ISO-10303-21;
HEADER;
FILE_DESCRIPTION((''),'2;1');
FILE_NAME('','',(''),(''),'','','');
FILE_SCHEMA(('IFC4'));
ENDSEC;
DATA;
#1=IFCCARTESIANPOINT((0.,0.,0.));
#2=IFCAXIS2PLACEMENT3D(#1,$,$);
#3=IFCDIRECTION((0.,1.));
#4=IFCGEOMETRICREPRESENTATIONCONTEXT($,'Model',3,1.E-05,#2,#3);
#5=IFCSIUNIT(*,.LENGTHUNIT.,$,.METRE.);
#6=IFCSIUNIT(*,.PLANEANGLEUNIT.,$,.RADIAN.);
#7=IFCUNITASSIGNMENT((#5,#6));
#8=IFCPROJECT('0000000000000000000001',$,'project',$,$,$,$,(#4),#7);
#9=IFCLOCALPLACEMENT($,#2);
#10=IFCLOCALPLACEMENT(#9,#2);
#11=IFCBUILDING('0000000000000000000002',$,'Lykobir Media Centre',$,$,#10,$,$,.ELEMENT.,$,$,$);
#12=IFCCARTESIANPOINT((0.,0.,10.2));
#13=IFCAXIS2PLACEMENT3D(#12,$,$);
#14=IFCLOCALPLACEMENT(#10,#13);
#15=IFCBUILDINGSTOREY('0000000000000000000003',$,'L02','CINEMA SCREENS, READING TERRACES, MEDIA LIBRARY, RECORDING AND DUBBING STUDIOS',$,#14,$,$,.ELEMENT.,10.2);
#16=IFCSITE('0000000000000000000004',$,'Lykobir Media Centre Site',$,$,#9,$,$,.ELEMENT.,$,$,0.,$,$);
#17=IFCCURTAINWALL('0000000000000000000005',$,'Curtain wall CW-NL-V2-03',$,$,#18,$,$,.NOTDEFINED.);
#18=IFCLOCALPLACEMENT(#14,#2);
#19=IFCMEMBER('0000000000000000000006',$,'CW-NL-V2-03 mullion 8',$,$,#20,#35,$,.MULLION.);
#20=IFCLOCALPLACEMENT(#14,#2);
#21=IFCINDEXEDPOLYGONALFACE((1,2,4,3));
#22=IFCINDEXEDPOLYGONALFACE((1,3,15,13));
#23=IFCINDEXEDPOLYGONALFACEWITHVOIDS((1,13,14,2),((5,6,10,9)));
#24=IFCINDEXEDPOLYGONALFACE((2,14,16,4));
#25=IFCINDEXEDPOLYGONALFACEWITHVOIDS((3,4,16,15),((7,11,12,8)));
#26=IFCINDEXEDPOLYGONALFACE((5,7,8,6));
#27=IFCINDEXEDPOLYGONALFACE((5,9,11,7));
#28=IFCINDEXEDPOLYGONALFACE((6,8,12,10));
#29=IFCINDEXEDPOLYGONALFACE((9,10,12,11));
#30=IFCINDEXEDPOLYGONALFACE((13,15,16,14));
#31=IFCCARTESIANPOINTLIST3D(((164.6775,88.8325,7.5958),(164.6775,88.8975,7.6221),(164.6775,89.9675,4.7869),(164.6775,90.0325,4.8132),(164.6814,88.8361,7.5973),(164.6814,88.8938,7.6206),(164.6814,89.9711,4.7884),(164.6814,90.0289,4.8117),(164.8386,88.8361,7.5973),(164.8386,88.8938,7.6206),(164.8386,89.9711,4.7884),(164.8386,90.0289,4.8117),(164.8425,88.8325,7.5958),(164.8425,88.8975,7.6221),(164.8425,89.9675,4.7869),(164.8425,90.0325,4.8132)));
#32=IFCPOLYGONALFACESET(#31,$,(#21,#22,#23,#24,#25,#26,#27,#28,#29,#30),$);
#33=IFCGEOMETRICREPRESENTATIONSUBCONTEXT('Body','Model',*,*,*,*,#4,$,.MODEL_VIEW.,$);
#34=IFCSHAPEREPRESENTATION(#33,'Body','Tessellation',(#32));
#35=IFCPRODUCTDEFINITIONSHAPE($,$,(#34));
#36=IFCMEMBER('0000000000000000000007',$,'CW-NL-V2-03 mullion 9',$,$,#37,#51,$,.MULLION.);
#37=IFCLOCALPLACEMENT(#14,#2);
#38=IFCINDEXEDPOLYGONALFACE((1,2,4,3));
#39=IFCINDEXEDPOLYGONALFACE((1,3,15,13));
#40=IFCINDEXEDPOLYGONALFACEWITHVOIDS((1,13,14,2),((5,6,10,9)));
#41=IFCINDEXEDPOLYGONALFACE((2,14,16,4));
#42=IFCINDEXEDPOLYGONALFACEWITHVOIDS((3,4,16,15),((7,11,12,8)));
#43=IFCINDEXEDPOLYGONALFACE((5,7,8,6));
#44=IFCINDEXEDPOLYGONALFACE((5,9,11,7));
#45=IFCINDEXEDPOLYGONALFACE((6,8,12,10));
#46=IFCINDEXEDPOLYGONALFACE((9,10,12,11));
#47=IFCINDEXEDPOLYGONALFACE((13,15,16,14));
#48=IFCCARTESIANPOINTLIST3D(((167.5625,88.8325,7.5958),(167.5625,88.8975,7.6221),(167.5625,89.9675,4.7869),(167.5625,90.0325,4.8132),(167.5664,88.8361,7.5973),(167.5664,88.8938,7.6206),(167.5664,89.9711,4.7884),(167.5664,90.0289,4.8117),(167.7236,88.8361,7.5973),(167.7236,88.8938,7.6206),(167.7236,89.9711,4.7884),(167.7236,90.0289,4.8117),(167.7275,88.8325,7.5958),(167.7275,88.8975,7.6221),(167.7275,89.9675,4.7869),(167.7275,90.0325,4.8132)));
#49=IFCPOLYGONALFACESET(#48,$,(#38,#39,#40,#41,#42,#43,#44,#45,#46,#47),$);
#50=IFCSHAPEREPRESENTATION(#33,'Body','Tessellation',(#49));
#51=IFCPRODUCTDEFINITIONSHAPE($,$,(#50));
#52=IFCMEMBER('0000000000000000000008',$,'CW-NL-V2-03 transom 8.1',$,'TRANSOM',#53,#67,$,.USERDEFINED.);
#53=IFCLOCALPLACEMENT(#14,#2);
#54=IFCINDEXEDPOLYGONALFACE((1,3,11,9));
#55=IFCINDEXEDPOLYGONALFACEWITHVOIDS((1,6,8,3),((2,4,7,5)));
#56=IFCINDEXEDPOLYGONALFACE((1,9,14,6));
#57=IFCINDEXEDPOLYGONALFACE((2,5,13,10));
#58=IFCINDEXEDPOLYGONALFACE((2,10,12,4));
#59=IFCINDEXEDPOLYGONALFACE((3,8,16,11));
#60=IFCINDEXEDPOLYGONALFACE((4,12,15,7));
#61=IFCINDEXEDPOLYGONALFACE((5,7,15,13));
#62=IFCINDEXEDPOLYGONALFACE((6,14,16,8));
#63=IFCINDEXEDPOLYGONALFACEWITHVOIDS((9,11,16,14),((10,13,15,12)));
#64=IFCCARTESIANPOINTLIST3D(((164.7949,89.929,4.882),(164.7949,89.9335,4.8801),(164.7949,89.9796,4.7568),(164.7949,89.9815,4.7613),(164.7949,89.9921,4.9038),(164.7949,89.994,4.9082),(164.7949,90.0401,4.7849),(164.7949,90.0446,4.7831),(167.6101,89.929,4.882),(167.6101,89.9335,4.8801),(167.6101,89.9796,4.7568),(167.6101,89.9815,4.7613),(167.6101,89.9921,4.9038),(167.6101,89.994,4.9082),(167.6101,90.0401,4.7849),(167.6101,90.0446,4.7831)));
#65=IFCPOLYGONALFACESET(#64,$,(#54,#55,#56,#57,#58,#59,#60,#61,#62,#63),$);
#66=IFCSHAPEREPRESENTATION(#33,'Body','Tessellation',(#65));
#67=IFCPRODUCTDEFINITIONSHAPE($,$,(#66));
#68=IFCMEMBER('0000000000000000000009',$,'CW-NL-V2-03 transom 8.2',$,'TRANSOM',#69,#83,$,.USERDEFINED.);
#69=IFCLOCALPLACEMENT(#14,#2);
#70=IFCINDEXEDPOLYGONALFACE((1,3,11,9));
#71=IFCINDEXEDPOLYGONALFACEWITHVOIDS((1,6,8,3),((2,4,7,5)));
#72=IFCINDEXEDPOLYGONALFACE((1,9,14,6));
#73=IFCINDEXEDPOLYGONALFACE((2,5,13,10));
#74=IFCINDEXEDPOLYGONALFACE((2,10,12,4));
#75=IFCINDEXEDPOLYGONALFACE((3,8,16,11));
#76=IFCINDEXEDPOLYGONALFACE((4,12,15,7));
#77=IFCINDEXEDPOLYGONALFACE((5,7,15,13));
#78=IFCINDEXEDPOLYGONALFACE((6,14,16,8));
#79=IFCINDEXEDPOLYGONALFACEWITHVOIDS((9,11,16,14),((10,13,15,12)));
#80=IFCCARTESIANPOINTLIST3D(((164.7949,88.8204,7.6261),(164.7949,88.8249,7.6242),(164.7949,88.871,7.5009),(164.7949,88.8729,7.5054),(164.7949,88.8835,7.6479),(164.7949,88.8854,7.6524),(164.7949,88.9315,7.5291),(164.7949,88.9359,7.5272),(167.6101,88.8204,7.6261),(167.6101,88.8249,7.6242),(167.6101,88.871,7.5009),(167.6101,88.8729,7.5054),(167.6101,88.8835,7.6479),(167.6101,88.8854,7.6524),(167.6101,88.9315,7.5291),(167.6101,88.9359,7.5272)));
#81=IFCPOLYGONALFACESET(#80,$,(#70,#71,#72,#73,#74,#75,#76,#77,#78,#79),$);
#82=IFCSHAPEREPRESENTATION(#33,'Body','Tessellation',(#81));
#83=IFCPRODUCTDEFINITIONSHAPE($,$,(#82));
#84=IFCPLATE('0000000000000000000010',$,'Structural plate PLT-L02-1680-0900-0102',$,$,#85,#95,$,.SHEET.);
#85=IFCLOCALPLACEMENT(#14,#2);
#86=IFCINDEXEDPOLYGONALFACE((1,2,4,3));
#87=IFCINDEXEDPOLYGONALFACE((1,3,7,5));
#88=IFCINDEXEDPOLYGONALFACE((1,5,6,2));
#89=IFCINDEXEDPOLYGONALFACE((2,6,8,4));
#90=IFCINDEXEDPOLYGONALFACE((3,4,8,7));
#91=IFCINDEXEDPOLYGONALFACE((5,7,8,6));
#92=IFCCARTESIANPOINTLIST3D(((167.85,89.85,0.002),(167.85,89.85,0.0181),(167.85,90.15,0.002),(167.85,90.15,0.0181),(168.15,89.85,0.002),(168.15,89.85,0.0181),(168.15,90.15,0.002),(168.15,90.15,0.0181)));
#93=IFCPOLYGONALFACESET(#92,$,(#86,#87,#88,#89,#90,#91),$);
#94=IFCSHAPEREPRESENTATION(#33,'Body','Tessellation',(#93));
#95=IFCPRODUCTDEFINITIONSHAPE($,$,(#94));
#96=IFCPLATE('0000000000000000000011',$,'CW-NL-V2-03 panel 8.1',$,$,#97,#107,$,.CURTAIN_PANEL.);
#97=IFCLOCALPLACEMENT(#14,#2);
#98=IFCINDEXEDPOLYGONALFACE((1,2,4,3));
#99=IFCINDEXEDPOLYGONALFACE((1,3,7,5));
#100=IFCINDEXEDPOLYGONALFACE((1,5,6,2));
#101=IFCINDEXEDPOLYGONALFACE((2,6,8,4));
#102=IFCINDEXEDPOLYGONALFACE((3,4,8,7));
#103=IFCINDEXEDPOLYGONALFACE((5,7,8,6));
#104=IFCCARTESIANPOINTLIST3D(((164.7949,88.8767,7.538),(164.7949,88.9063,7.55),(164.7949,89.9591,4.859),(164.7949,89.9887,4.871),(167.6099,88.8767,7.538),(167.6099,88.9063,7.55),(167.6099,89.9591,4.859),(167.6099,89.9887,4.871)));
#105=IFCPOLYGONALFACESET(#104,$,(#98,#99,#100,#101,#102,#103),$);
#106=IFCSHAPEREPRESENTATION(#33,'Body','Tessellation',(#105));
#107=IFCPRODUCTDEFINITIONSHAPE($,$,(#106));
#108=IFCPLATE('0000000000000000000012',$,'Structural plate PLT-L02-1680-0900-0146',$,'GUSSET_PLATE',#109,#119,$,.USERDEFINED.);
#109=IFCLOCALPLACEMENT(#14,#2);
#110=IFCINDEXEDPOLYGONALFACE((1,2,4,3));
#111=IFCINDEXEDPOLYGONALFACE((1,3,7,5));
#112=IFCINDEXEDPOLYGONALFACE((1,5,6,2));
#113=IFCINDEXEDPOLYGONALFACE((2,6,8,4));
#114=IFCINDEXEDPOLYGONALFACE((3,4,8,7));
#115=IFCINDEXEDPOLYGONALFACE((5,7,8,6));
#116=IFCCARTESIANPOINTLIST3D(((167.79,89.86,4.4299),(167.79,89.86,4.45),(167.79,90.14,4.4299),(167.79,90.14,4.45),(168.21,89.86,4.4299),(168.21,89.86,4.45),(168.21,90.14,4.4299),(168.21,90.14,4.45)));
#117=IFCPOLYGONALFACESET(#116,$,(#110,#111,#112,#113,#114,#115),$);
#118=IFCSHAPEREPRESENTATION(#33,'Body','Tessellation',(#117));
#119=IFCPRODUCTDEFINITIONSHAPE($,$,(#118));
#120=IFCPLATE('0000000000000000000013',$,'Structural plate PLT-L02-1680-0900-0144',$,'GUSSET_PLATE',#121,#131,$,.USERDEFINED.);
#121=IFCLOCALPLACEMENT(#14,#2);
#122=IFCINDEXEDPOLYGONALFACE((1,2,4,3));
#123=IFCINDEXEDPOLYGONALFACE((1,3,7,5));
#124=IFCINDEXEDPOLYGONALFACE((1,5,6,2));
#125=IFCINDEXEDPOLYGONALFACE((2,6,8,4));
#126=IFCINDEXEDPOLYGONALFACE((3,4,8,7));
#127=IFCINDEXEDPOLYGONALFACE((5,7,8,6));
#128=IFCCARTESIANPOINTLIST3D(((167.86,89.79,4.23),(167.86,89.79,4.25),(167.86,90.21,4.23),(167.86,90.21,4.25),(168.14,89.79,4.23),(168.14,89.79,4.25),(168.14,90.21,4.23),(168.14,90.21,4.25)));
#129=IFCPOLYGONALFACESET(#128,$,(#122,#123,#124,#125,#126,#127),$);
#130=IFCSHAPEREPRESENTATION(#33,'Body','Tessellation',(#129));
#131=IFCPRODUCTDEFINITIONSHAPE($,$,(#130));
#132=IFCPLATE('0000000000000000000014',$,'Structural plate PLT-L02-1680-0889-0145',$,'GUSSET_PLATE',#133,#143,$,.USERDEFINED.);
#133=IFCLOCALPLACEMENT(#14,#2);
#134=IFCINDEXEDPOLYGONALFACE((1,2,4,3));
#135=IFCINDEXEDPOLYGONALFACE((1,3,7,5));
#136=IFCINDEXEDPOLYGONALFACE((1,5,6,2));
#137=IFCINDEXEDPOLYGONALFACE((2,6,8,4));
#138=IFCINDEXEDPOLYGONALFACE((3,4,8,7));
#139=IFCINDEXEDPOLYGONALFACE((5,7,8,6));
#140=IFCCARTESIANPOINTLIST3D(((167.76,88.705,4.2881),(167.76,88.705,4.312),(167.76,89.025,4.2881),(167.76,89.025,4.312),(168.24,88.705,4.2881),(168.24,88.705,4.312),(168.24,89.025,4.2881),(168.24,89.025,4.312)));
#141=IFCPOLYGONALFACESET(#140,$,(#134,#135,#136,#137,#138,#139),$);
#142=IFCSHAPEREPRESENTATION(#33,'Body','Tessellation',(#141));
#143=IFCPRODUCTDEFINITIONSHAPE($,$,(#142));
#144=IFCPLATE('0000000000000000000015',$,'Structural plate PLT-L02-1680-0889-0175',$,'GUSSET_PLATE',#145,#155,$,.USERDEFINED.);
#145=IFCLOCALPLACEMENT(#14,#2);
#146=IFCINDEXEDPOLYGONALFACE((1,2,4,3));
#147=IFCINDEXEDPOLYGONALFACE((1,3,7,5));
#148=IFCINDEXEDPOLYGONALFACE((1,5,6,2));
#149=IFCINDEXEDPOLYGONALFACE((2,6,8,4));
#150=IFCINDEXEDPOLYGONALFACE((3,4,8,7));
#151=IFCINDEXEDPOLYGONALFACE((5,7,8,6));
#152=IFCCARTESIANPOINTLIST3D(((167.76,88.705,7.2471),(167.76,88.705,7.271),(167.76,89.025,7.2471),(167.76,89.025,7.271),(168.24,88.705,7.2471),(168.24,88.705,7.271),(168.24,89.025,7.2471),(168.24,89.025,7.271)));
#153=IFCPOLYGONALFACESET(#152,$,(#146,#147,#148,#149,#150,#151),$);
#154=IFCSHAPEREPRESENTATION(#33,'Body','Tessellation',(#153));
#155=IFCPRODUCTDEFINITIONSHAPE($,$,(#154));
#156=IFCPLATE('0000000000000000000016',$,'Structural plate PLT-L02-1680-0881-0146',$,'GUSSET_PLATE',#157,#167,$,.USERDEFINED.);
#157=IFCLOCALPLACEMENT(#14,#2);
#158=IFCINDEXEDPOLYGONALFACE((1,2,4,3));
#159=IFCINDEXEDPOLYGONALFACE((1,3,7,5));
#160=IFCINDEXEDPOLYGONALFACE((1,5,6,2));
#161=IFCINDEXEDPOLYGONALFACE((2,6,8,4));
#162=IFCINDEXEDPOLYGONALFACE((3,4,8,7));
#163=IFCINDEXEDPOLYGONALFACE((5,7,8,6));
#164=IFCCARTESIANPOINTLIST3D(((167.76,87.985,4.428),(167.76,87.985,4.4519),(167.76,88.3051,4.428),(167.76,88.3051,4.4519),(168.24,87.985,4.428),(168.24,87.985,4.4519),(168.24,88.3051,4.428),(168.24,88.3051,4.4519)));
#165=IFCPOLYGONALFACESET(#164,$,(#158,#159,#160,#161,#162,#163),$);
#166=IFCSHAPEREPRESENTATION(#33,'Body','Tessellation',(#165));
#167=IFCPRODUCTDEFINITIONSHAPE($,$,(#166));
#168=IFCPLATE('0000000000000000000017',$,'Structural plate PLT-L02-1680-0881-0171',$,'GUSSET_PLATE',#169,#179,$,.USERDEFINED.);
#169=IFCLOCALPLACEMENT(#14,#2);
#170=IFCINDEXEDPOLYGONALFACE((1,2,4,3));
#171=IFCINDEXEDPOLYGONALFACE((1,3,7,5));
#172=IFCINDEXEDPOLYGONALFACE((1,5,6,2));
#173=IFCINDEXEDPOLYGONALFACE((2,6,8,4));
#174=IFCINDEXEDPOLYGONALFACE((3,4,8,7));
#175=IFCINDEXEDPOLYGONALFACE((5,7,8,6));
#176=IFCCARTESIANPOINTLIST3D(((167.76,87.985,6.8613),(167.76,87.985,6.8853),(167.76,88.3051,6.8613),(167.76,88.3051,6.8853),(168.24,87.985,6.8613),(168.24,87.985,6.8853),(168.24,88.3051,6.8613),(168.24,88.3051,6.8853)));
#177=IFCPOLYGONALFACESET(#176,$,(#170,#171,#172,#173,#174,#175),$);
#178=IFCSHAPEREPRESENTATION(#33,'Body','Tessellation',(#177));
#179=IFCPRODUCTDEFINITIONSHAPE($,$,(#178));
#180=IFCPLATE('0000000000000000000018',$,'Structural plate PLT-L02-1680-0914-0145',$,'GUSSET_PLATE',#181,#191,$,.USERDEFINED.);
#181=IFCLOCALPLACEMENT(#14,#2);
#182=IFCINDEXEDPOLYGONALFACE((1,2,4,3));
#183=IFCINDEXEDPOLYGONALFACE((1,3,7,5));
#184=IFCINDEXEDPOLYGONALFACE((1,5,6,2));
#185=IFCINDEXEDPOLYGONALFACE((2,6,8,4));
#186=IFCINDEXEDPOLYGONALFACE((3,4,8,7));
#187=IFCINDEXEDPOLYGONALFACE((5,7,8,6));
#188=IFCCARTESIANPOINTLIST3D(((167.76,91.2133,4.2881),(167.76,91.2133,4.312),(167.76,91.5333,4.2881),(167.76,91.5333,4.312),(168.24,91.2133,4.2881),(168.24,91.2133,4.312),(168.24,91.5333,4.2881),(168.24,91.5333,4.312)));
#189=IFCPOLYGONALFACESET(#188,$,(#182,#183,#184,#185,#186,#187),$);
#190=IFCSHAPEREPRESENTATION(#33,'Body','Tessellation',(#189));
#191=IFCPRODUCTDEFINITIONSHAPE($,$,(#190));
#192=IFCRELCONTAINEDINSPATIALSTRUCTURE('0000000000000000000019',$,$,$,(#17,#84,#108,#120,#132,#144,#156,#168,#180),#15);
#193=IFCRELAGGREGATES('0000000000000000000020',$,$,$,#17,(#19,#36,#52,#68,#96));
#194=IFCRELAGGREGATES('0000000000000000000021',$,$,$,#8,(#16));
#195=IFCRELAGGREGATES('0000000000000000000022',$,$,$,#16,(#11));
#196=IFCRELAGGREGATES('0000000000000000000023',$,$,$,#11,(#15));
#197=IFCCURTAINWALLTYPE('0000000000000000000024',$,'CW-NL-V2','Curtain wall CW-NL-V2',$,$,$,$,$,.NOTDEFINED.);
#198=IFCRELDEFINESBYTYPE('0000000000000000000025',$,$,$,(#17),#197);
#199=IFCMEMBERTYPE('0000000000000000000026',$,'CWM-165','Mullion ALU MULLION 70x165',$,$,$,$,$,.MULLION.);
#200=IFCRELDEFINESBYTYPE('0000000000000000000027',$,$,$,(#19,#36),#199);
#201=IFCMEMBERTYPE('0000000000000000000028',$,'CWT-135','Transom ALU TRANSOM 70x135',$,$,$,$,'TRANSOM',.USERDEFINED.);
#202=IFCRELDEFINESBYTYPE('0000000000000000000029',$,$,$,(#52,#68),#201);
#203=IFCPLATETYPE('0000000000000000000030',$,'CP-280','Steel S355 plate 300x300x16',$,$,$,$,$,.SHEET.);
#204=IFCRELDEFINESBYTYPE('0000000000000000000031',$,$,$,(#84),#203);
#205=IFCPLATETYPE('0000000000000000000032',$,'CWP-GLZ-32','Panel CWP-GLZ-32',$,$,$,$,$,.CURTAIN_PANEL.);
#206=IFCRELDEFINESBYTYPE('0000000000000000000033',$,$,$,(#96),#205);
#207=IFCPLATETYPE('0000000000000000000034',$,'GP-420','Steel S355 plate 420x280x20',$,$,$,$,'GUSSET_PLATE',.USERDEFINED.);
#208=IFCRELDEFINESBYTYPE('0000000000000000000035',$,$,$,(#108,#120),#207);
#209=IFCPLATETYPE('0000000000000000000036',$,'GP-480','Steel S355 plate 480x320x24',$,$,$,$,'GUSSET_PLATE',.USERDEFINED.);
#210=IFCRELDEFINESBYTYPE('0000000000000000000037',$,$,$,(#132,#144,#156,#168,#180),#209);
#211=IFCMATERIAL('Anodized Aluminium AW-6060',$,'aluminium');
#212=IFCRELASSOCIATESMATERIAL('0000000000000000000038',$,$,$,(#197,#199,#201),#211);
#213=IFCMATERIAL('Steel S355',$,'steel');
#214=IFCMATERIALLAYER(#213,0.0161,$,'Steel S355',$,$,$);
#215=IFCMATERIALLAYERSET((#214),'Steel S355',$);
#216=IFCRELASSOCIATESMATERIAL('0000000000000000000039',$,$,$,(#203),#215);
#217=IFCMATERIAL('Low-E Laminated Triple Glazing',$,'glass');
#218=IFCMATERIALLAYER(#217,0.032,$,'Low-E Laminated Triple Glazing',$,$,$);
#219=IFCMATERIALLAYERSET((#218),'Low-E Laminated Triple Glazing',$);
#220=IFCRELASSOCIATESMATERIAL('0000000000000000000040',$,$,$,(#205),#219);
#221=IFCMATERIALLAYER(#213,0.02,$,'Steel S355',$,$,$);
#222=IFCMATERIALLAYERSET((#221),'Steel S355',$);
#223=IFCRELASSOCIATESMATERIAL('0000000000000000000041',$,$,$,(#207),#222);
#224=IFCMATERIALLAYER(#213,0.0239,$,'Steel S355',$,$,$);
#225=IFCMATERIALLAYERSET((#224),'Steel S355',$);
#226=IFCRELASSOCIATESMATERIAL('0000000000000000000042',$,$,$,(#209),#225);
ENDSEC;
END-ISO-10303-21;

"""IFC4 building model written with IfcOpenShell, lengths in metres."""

from ifc_helpers import new_model, si_unit, direction, frame, origin, origin_2d, place, context, subcontext, project, spatial, rectangle, hollow_rectangle, extrude, material, layer, layer_set, material_profile, profile_set, type_object, element, aggregate, save


model = new_model("IFC4")

# Units and contexts
model_context = context("Model", 3, precision=1e-05, world=origin(), true_north=direction((0.0, 1.0)))
body_context = subcontext(model_context, "Body", "Model", "MODEL_VIEW")
ifc_project = project(units=[si_unit("LENGTHUNIT", "METRE"), si_unit("PLANEANGLEUNIT", "RADIAN")], contexts=[model_context])

# Site, building, storey
site_placement = place(None, origin())
site = spatial("IfcSite", under=ifc_project, at=site_placement, Name="Lykobir Media Centre Site", CompositionType="ELEMENT", RefElevation=0.0)
building_placement = place(site_placement, origin())
building = spatial("IfcBuilding", under=site, at=building_placement, Name="Lykobir Media Centre", CompositionType="ELEMENT")
storey_placement = place(building_placement, frame((0.0, 0.0, 10.2)))
storey = spatial("IfcBuildingStorey", under=building, at=storey_placement, Name="L02", Description="CINEMA SCREENS, READING TERRACES, MEDIA LIBRARY, RECORDING AND DUBBING STUDIOS", CompositionType="ELEMENT", Elevation=10.2)

# Shared definitions
ifc_material_1 = material(Name="Steel S355", Category="steel")

# Curtain wall, members
ifc_material_2 = material(Name="Anodized Aluminium AW-6060", Category="aluminium")
curtain_wall_type = type_object("IfcCurtainWallType", Name="CW-NL-V2", Description="Curtain wall CW-NL-V2", PredefinedType="NOTDEFINED", material=ifc_material_2)
curtain_wall_placement = place(storey_placement, origin())
curtain_wall = element("IfcCurtainWall", 1, at=curtain_wall_placement, inside=storey, type_object=curtain_wall_type, Name="Curtain wall CW-NL-V2-03", PredefinedType="NOTDEFINED")
ifc_material_profile_1 = material_profile(ifc_material_2, hollow_rectangle(XDim=0.0701, YDim=0.165, WallThickness=0.0039, at=origin_2d()), Name="ALU MULLION 70x165")
ifc_profile_set_1 = profile_set([ifc_material_profile_1], Name="Anodized Aluminium AW-6060")
member_type_1 = type_object("IfcMemberType", Name="CWM-165", Description="Mullion ALU MULLION 70x165", PredefinedType="MULLION", material=ifc_profile_set_1)
member_1_placement = place(storey_placement, frame((164.76, 90.0, 4.8), z_axis=(0.0, -0.374654, 0.927165), x_axis=(0.0, 0.927165, 0.374654)))
member_1 = element("IfcMember", 2, at=member_1_placement, type_object=member_type_1, Name="CW-NL-V2-03 mullion 8", PredefinedType="MULLION", context=body_context, shape_type="SweptSolid", body=[
    extrude(hollow_rectangle(XDim=0.0701, YDim=0.165, WallThickness=0.0039, at=origin_2d()), origin(), (0.0, 0.0, 1.0), 3.0295),
])
member_2_placement = place(storey_placement, frame((167.645, 90.0, 4.8), z_axis=(0.0, -0.374654, 0.927165), x_axis=(0.0, 0.927165, 0.374654)))
member_2 = element("IfcMember", 3, at=member_2_placement, type_object=member_type_1, Name="CW-NL-V2-03 mullion 9", PredefinedType="MULLION", context=body_context, shape_type="SweptSolid", body=[
    extrude(hollow_rectangle(XDim=0.0701, YDim=0.165, WallThickness=0.0039, at=origin_2d()), origin(), (0.0, 0.0, 1.0), 3.0295),
])
ifc_material_profile_2 = material_profile(ifc_material_2, hollow_rectangle(XDim=0.0701, YDim=0.135, WallThickness=0.0034, at=origin_2d()), Name="ALU TRANSOM 70x135")
ifc_profile_set_2 = profile_set([ifc_material_profile_2], Name="Anodized Aluminium AW-6060")
member_type_2 = type_object("IfcMemberType", Name="CWT-135", Description="Transom ALU TRANSOM 70x135", ElementType="TRANSOM", PredefinedType="USERDEFINED", material=ifc_profile_set_2)
member_3_placement = place(storey_placement, frame((164.7949, 89.9868, 4.8325), z_axis=(1.0, 0.0, 0.0), x_axis=(0.0, 0.927184, 0.374607)))
member_3 = element("IfcMember", 4, at=member_3_placement, type_object=member_type_2, Name="CW-NL-V2-03 transom 8.1", ObjectType="TRANSOM", PredefinedType="USERDEFINED", context=body_context, shape_type="SweptSolid", body=[
    extrude(hollow_rectangle(XDim=0.0701, YDim=0.135, WallThickness=0.0034, at=origin_2d()), origin(), (0.0, 0.0, 1.0), 2.8152),
])
member_4_placement = place(storey_placement, frame((164.7949, 88.8782, 7.5767), z_axis=(1.0, 0.0, 0.0), x_axis=(0.0, 0.927184, 0.374607)))
member_4 = element("IfcMember", 5, at=member_4_placement, type_object=member_type_2, Name="CW-NL-V2-03 transom 8.2", ObjectType="TRANSOM", PredefinedType="USERDEFINED", context=body_context, shape_type="SweptSolid", body=[
    extrude(hollow_rectangle(XDim=0.0701, YDim=0.135, WallThickness=0.0034, at=origin_2d()), origin(), (0.0, 0.0, 1.0), 2.8152),
])

# Plates
ifc_layer_1 = layer(ifc_material_1, 0.0161, Name="Steel S355")
ifc_layer_set_1 = layer_set([ifc_layer_1], Name="Steel S355")
plate_type_1 = type_object("IfcPlateType", Name="CP-280", Description="Steel S355 plate 300x300x16", PredefinedType="SHEET", material=ifc_layer_set_1)
plate_1_placement = place(storey_placement, frame((168.0, 90.0, 0.002), z_axis=(0.0, 0.0, 1.0), x_axis=(0.0, 1.0, 0.0)))
element("IfcPlate", 6, at=plate_1_placement, inside=storey, type_object=plate_type_1, Name="Structural plate PLT-L02-1680-0900-0102", PredefinedType="SHEET", context=body_context, shape_type="SweptSolid", body=[
    extrude(rectangle(XDim=0.3, YDim=0.3, at=origin_2d()), origin(), (0.0, 0.0, 1.0), 0.0161),
])
ifc_material_3 = material(Name="Low-E Laminated Triple Glazing", Category="glass")
ifc_layer_2 = layer(ifc_material_3, 0.032, Name="Low-E Laminated Triple Glazing")
ifc_layer_set_2 = layer_set([ifc_layer_2], Name="Low-E Laminated Triple Glazing")
plate_type_2 = type_object("IfcPlateType", Name="CWP-GLZ-32", Description="Panel CWP-GLZ-32", PredefinedType="CURTAIN_PANEL", material=ifc_layer_set_2)
plate_2_placement = place(storey_placement, frame((166.2024, 89.9739, 4.865), z_axis=(0.0, -0.374607, 0.927184), x_axis=(1.0, 0.0, 0.0)))
plate_2 = element("IfcPlate", 7, at=plate_2_placement, type_object=plate_type_2, Name="CW-NL-V2-03 panel 8.1", PredefinedType="CURTAIN_PANEL", context=body_context, shape_type="SweptSolid", body=[
    extrude(rectangle(XDim=2.8149, YDim=0.032, at=origin_2d()), origin(), (0.0, 0.0, 1.0), 2.8894),
])
aggregate(curtain_wall, [member_1, member_2, member_3, member_4, plate_2])

# Plates
ifc_layer_3 = layer(ifc_material_1, 0.02, Name="Steel S355")
ifc_layer_set_3 = layer_set([ifc_layer_3], Name="Steel S355")
plate_type_3 = type_object("IfcPlateType", Name="GP-420", Description="Steel S355 plate 420x280x20", ElementType="GUSSET_PLATE", PredefinedType="USERDEFINED", material=ifc_layer_set_3)
for number, where, z_axis, x_axis, name in (
    (8, (168.0, 90.0, 4.4299), (0.0, 0.0, 1.0), (1.0, 0.0, 0.0), "Structural plate PLT-L02-1680-0900-0146"),
    (9, (168.0, 90.0, 4.23), (0.0, 0.0, 1.0), (0.0, 1.0, 0.0), "Structural plate PLT-L02-1680-0900-0144"),
):
    element("IfcPlate", number, at=place(storey_placement, frame(where, z_axis=z_axis, x_axis=x_axis)), inside=storey, type_object=plate_type_3, Name=name, ObjectType="GUSSET_PLATE", PredefinedType="USERDEFINED", context=body_context, shape_type="SweptSolid", body=[
        extrude(rectangle(XDim=0.4199, YDim=0.28, at=origin_2d()), origin(), (0.0, 0.0, 1.0), 0.02),
    ])
ifc_layer_4 = layer(ifc_material_1, 0.0239, Name="Steel S355")
ifc_layer_set_4 = layer_set([ifc_layer_4], Name="Steel S355")
plate_type_4 = type_object("IfcPlateType", Name="GP-480", Description="Steel S355 plate 480x320x24", ElementType="GUSSET_PLATE", PredefinedType="USERDEFINED", material=ifc_layer_set_4)
for number, where, z_axis, x_axis, name in (
    (10, (168.0, 88.865, 4.2881), (0.0, 0.0, 1.0), (1.0, 0.0, 0.0), "Structural plate PLT-L02-1680-0889-0145"),
    (11, (168.0, 88.865, 7.2471), (0.0, 0.0, 1.0), (1.0, 0.0, 0.0), "Structural plate PLT-L02-1680-0889-0175"),
    (12, (168.0, 88.145, 4.428), (0.0, 0.0, 1.0), (1.0, 0.0, 0.0), "Structural plate PLT-L02-1680-0881-0146"),
    (13, (168.0, 88.145, 6.8613), (0.0, 0.0, 1.0), (1.0, 0.0, 0.0), "Structural plate PLT-L02-1680-0881-0171"),
    (14, (168.0, 91.3733, 4.2881), (0.0, 0.0, 1.0), (1.0, 0.0, 0.0), "Structural plate PLT-L02-1680-0914-0145"),
):
    element("IfcPlate", number, at=place(storey_placement, frame(where, z_axis=z_axis, x_axis=x_axis)), inside=storey, type_object=plate_type_4, Name=name, ObjectType="GUSSET_PLATE", PredefinedType="USERDEFINED", context=body_context, shape_type="SweptSolid", body=[
        extrude(rectangle(XDim=0.48, YDim=0.3201, at=origin_2d()), origin(), (0.0, 0.0, 1.0), 0.0239),
    ])

save(model, "model.ifc")
